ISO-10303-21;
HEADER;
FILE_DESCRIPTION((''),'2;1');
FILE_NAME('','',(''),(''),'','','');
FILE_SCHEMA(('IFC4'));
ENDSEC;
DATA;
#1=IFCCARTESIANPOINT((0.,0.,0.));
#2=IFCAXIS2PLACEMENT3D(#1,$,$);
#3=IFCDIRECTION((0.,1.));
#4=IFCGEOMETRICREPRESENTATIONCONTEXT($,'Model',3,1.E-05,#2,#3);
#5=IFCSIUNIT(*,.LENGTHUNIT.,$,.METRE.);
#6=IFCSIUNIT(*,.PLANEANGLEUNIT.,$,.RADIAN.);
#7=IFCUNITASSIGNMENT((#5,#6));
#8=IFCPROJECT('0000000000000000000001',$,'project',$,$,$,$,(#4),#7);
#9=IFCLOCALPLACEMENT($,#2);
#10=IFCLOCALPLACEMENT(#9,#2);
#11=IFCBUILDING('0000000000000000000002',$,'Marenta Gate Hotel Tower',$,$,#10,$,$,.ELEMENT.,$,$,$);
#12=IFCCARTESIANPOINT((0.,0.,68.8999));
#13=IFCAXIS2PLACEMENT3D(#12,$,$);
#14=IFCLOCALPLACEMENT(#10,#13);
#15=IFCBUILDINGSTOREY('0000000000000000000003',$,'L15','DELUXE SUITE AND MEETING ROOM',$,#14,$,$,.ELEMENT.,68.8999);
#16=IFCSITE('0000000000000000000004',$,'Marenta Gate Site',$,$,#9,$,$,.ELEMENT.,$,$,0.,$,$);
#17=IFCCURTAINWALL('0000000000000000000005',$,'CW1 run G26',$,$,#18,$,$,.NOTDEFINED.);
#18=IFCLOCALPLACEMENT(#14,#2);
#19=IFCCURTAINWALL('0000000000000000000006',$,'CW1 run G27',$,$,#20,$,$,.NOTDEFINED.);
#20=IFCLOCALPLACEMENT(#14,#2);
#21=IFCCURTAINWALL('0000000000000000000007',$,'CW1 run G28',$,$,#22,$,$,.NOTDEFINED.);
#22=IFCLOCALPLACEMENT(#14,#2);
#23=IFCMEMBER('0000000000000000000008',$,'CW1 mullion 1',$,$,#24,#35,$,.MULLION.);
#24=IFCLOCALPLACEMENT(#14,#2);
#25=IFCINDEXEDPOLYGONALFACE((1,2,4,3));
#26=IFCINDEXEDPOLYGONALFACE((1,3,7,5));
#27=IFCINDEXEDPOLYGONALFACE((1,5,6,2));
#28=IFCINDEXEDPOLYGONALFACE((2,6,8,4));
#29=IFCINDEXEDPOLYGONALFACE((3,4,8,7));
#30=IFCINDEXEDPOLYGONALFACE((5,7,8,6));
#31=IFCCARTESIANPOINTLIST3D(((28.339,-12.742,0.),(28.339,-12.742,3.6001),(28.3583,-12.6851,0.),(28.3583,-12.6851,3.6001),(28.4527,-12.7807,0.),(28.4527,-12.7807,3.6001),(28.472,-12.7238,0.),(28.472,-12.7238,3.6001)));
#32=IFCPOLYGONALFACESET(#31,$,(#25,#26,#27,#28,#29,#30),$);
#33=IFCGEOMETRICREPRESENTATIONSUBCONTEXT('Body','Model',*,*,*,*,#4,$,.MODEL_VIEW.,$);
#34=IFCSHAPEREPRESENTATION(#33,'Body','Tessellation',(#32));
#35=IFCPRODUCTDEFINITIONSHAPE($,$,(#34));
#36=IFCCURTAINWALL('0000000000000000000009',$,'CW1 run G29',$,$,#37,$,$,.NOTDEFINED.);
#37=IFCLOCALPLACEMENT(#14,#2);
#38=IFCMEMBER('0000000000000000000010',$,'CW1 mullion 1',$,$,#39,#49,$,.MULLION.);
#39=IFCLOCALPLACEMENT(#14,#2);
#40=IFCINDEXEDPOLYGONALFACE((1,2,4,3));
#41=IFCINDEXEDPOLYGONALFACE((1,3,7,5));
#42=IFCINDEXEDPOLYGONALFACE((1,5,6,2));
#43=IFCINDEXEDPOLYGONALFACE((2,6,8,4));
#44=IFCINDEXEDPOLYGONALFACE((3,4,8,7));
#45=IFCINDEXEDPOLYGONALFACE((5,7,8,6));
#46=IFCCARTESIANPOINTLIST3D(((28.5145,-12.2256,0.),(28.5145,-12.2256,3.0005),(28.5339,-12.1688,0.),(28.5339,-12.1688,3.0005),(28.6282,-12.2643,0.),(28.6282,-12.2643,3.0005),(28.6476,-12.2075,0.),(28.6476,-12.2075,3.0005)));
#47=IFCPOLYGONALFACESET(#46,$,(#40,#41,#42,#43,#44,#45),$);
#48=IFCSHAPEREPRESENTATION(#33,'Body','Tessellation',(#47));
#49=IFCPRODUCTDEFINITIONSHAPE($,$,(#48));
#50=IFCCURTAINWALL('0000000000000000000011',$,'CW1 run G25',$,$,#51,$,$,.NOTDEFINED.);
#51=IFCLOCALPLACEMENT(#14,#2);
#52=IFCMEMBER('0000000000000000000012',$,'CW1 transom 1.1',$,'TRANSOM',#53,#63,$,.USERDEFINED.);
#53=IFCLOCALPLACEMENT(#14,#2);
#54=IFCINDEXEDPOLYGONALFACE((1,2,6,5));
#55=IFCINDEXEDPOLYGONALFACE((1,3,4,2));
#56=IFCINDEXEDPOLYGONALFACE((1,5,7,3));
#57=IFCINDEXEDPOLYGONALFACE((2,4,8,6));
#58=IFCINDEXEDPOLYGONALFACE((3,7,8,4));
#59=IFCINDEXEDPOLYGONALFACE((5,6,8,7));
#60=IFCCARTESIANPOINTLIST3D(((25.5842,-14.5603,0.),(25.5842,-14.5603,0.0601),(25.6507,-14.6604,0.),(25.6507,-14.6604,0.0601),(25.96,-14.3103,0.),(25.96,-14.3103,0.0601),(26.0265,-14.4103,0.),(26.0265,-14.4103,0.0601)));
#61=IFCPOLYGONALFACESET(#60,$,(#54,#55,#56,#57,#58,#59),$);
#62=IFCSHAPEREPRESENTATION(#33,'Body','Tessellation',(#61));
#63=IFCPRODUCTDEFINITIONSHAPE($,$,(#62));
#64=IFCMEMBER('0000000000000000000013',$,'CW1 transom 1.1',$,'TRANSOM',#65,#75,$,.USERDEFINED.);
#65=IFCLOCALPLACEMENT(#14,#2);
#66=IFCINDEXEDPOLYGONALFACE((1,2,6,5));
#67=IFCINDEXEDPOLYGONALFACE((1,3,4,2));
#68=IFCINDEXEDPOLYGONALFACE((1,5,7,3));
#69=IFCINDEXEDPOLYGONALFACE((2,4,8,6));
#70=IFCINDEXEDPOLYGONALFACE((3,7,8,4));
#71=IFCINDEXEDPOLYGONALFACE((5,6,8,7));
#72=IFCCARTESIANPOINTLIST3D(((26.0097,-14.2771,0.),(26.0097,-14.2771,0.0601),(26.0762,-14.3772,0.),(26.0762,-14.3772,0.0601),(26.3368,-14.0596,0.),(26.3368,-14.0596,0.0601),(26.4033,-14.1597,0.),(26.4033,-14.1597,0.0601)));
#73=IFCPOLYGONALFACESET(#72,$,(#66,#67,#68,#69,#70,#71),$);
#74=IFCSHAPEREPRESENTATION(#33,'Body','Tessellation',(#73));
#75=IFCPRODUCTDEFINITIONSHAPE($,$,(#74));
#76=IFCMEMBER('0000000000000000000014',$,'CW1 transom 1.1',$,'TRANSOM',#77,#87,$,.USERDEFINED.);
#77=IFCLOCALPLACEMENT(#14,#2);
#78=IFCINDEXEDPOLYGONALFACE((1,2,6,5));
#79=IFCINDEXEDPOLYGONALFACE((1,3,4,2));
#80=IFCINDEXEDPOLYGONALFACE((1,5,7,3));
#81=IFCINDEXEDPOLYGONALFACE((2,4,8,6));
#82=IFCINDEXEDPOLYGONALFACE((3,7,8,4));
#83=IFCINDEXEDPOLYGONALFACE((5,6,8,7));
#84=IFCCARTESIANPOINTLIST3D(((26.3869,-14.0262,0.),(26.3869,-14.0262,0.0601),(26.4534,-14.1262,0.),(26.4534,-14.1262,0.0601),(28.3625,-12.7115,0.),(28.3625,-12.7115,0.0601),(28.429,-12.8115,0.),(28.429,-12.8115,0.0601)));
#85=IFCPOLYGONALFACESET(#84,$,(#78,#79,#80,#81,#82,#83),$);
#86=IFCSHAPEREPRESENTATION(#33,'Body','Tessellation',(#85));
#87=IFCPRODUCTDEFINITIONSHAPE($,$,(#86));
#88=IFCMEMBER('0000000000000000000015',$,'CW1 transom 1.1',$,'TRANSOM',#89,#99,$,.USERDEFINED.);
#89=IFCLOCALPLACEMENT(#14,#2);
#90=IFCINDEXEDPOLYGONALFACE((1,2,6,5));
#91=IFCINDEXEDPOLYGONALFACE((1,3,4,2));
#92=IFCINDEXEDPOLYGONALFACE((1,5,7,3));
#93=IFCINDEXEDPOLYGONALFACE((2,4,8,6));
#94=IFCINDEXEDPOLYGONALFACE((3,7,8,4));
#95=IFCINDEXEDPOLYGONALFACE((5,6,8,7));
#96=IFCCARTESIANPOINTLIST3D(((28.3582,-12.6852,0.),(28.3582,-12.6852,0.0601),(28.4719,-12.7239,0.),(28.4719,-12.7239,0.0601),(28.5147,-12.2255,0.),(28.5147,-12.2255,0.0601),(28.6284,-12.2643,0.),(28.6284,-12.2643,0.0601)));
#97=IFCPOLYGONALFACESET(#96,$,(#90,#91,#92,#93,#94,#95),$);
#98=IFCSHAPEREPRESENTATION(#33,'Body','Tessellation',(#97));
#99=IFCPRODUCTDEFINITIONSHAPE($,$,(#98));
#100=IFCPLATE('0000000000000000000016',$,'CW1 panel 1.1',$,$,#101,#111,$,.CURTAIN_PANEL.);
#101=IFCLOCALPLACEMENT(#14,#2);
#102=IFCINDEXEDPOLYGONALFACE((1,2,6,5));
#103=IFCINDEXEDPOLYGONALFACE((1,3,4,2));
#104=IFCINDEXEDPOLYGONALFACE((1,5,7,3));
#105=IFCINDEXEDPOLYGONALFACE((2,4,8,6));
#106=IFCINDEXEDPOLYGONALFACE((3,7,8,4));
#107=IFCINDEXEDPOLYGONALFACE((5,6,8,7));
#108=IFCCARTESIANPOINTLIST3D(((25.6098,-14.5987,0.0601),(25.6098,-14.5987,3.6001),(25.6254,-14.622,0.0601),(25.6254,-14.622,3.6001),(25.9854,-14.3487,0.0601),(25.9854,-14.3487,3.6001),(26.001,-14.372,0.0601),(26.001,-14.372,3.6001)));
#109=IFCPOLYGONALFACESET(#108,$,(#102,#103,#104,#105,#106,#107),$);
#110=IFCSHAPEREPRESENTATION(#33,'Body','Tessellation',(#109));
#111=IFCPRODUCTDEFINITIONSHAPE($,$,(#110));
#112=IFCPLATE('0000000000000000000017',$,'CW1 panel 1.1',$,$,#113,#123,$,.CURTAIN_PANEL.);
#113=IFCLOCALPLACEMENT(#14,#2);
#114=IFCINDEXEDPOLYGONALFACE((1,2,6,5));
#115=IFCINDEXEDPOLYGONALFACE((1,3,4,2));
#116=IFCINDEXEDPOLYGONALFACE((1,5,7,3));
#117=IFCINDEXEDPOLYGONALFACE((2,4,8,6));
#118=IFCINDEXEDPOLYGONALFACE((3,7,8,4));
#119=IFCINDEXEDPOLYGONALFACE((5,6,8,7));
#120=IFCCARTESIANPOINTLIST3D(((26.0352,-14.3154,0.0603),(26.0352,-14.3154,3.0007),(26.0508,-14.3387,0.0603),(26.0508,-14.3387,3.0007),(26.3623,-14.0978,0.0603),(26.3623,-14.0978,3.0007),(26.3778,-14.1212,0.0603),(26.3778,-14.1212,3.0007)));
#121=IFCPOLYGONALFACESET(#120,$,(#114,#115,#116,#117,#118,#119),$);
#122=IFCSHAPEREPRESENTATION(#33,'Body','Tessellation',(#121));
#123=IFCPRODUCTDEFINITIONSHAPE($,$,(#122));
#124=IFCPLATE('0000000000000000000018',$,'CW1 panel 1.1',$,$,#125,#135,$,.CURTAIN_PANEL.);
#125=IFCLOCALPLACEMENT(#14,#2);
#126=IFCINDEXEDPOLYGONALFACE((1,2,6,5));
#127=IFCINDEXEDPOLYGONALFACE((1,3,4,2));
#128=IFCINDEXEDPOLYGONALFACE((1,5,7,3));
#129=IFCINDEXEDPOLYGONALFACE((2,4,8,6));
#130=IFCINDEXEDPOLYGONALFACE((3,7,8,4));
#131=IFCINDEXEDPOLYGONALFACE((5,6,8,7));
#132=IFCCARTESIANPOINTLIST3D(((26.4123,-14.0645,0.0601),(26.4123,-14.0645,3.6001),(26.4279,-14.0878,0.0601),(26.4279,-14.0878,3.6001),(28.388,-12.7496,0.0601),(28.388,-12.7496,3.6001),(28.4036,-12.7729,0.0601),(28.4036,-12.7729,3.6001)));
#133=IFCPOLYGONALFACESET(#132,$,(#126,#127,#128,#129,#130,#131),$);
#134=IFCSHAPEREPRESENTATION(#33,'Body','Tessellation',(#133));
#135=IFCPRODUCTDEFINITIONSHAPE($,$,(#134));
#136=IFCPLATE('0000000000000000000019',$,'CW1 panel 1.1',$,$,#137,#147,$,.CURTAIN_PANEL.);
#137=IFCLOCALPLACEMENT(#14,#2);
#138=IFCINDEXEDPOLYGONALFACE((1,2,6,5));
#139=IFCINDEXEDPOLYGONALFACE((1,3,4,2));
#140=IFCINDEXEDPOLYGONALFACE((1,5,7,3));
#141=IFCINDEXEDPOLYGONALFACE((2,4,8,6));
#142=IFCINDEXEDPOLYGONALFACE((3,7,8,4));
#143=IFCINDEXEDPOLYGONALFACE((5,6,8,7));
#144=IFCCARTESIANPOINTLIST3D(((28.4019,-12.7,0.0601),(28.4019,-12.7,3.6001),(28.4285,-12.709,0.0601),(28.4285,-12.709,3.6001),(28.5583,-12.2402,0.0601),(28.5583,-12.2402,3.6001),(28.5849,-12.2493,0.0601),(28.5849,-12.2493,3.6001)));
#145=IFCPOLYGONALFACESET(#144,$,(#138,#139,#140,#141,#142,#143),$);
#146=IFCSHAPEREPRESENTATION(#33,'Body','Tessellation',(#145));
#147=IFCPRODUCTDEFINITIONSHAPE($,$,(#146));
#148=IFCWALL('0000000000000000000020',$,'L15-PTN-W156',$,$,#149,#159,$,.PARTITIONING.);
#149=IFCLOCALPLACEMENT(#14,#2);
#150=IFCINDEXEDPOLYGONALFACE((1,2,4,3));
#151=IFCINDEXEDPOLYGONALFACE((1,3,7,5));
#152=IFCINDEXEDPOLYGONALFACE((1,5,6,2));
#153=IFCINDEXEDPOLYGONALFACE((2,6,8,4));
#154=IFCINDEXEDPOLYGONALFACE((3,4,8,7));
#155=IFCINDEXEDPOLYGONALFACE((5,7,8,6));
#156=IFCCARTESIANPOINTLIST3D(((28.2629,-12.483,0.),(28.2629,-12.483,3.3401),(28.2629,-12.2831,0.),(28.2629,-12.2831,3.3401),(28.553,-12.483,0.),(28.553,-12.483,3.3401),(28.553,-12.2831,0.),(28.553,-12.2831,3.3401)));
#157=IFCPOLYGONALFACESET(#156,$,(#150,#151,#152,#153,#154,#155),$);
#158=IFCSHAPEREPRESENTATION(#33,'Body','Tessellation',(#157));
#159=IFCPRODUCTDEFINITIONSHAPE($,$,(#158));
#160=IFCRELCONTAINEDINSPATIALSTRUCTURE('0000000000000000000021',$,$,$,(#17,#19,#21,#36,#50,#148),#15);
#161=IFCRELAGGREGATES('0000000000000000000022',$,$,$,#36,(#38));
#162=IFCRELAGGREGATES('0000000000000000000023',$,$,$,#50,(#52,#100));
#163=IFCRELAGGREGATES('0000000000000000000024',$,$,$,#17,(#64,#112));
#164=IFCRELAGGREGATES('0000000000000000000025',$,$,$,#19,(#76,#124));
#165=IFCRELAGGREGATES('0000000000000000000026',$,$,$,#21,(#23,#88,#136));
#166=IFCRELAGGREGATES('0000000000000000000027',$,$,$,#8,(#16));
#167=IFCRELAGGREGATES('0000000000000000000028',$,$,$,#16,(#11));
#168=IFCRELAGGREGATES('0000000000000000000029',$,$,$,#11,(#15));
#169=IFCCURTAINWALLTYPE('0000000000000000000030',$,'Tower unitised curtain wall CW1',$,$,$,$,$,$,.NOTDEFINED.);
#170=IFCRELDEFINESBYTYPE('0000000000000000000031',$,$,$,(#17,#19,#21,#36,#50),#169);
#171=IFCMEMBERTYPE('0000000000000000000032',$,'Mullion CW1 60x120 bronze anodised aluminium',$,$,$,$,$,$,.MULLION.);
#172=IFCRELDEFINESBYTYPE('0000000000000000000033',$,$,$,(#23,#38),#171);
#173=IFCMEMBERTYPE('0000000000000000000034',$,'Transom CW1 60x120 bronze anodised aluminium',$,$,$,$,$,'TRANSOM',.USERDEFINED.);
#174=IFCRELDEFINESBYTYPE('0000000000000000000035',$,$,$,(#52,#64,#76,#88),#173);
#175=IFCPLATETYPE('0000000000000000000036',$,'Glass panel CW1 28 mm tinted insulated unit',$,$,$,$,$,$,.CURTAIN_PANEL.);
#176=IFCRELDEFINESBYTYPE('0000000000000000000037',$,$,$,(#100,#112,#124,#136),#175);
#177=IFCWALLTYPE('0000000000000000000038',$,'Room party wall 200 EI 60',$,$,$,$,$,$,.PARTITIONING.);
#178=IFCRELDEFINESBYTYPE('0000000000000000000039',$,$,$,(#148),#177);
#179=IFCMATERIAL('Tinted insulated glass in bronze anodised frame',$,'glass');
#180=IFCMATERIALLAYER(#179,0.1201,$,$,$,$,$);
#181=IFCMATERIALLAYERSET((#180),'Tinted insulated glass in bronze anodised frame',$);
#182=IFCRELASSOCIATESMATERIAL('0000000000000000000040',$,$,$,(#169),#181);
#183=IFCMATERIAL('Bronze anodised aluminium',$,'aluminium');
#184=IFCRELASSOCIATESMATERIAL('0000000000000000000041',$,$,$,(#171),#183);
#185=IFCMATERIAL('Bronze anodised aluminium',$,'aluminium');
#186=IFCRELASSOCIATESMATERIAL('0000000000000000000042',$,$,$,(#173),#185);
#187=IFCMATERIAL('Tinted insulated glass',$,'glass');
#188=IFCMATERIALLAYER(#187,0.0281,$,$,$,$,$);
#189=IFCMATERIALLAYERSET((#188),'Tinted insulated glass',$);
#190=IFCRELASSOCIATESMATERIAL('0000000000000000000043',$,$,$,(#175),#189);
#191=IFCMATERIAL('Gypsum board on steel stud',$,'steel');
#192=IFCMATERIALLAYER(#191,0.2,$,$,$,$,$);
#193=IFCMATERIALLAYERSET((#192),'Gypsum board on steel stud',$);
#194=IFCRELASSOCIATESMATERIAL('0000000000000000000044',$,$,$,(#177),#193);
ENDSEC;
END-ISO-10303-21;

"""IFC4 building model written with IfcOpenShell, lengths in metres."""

from ifc_helpers import new_model, si_unit, direction, frame, frame_2d, origin, origin_2d, place, context, subcontext, project, spatial, rectangle, extrude, material, layer, layer_set, material_profile, profile_set, type_object, element, aggregate, save


model = new_model("IFC4")

# Units and contexts
model_context = context("Model", 3, precision=1e-05, world=origin(), true_north=direction((0.0, 1.0)))
body_context = subcontext(model_context, "Body", "Model", "MODEL_VIEW")
ifc_project = project(units=[si_unit("LENGTHUNIT", "METRE"), si_unit("PLANEANGLEUNIT", "RADIAN")], contexts=[model_context])

# Site, building, storey
site_placement = place(None, origin())
site = spatial("IfcSite", under=ifc_project, at=site_placement, Name="Marenta Gate Site", CompositionType="ELEMENT", RefElevation=0.0)
building_placement = place(site_placement, origin())
building = spatial("IfcBuilding", under=site, at=building_placement, Name="Marenta Gate Hotel Tower", CompositionType="ELEMENT")
storey_placement = place(building_placement, frame((0.0, 0.0, 68.8999)))
storey = spatial("IfcBuildingStorey", under=building, at=storey_placement, Name="L15", Description="DELUXE SUITE AND MEETING ROOM", CompositionType="ELEMENT", Elevation=68.8999)

# Curtain walls, members
ifc_material_1 = material(Name="Tinted insulated glass in bronze anodised frame", Category="glass")
ifc_layer_1 = layer(ifc_material_1, 0.1201)
ifc_layer_set_1 = layer_set([ifc_layer_1], Name="Tinted insulated glass in bronze anodised frame")
curtain_wall_type = type_object("IfcCurtainWallType", Name="Tower unitised curtain wall CW1", PredefinedType="NOTDEFINED", material=ifc_layer_set_1)
curtain_wall_1_placement = place(storey_placement, origin())
curtain_wall_1 = element("IfcCurtainWall", 1, at=curtain_wall_1_placement, inside=storey, type_object=curtain_wall_type, Name="CW1 run G26", PredefinedType="NOTDEFINED")
ifc_material_2 = material(Name="Bronze anodised aluminium", Category="aluminium")
ifc_material_profile_1 = material_profile(ifc_material_2, rectangle(XDim=0.1201, YDim=0.0601, at=origin_2d()), Name="Mullion CW1 60x120 bronze anodised aluminium")
ifc_profile_set_1 = profile_set([ifc_material_profile_1], Name="Bronze anodised aluminium")
member_type_1 = type_object("IfcMemberType", Name="Mullion CW1 60x120 bronze anodised aluminium", PredefinedType="MULLION", material=ifc_profile_set_1)
curtain_wall_2_placement = place(storey_placement, origin())
curtain_wall_2 = element("IfcCurtainWall", 2, at=curtain_wall_2_placement, inside=storey, type_object=curtain_wall_type, Name="CW1 run G27", PredefinedType="NOTDEFINED")
curtain_wall_3_placement = place(storey_placement, origin())
curtain_wall_3 = element("IfcCurtainWall", 3, at=curtain_wall_3_placement, inside=storey, type_object=curtain_wall_type, Name="CW1 run G28", PredefinedType="NOTDEFINED")
member_1_placement = place(storey_placement, frame((28.4055, -12.7329, 0.0), z_axis=(0.0, 0.0, 1.0), x_axis=(-0.946722, 0.322051, 0.0)))
member_1 = element("IfcMember", 4, at=member_1_placement, type_object=member_type_1, Name="CW1 mullion 1", PredefinedType="MULLION", context=body_context, shape_type="SweptSolid", body=[
    extrude(rectangle(XDim=0.1201, YDim=0.0601, at=origin_2d()), origin(), (0.0, 0.0, 1.0), 3.6001),
])
curtain_wall_4_placement = place(storey_placement, origin())
curtain_wall_4 = element("IfcCurtainWall", 5, at=curtain_wall_4_placement, inside=storey, type_object=curtain_wall_type, Name="CW1 run G29", PredefinedType="NOTDEFINED")
member_2_placement = place(storey_placement, frame((28.5811, -12.2166, 0.0), z_axis=(0.0, 0.0, 1.0), x_axis=(-0.946746, 0.32198, 0.0)))
member_2 = element("IfcMember", 6, at=member_2_placement, type_object=member_type_1, Name="CW1 mullion 1", PredefinedType="MULLION", context=body_context, shape_type="SweptSolid", body=[
    extrude(rectangle(XDim=0.1201, YDim=0.0601, at=origin_2d()), origin(), (0.0, 0.0, 1.0), 3.0005),
])
aggregate(curtain_wall_4, [member_2])
curtain_wall_5_placement = place(storey_placement, origin())
curtain_wall_5 = element("IfcCurtainWall", 7, at=curtain_wall_5_placement, inside=storey, type_object=curtain_wall_type, Name="CW1 run G25", PredefinedType="NOTDEFINED")
ifc_material_3 = material(Name="Bronze anodised aluminium", Category="aluminium")
ifc_material_profile_2 = material_profile(ifc_material_3, rectangle(XDim=0.1201, YDim=0.0601, at=origin_2d()), Name="Transom CW1 60x120 bronze anodised aluminium")
ifc_profile_set_2 = profile_set([ifc_material_profile_2], Name="Bronze anodised aluminium")
member_type_2 = type_object("IfcMemberType", Name="Transom CW1 60x120 bronze anodised aluminium", ElementType="TRANSOM", PredefinedType="USERDEFINED", material=ifc_profile_set_2)
member_3_placement = place(storey_placement, frame((25.6174, -14.6104, 0.03), z_axis=(0.832549, 0.553951, 0.0), x_axis=(-0.553951, 0.832549, 0.0)))
member_3 = element("IfcMember", 8, at=member_3_placement, type_object=member_type_2, Name="CW1 transom 1.1", ObjectType="TRANSOM", PredefinedType="USERDEFINED", context=body_context, shape_type="SweptSolid", body=[
    extrude(rectangle(XDim=0.1201, YDim=0.0601, at=origin_2d()), origin(), (0.0, 0.0, 1.0), 0.4514),
])

# Members
member_4_placement = place(storey_placement, frame((26.043, -14.3271, 0.03), z_axis=(0.832719, 0.553696, 0.0), x_axis=(-0.553696, 0.832719, 0.0)))
member_4 = element("IfcMember", 9, at=member_4_placement, type_object=member_type_2, Name="CW1 transom 1.1", ObjectType="TRANSOM", PredefinedType="USERDEFINED", context=body_context, shape_type="SweptSolid", body=[
    extrude(rectangle(XDim=0.1201, YDim=0.0601, at=origin_2d()), origin(), (0.0, 0.0, 1.0), 0.3928),
])
member_5_placement = place(storey_placement, frame((26.4202, -14.0762, 0.03), z_axis=(0.832509, 0.554011, 0.0), x_axis=(-0.554011, 0.832509, 0.0)))
member_5 = element("IfcMember", 10, at=member_5_placement, type_object=member_type_2, Name="CW1 transom 1.1", ObjectType="TRANSOM", PredefinedType="USERDEFINED", context=body_context, shape_type="SweptSolid", body=[
    extrude(rectangle(XDim=0.1201, YDim=0.0601, at=origin_2d()), origin(), (0.0, 0.0, 1.0), 2.373),
])
member_6_placement = place(storey_placement, frame((28.415, -12.7046, 0.03), z_axis=(0.322254, 0.946653, 0.0), x_axis=(-0.946653, 0.322254, 0.0)))
member_6 = element("IfcMember", 11, at=member_6_placement, type_object=member_type_2, Name="CW1 transom 1.1", ObjectType="TRANSOM", PredefinedType="USERDEFINED", context=body_context, shape_type="SweptSolid", body=[
    extrude(rectangle(XDim=0.1201, YDim=0.0601, at=origin_2d()), origin(), (0.0, 0.0, 1.0), 0.4856),
])

# Plates
ifc_material_4 = material(Name="Tinted insulated glass", Category="glass")
ifc_layer_2 = layer(ifc_material_4, 0.0281)
ifc_layer_set_2 = layer_set([ifc_layer_2], Name="Tinted insulated glass")
plate_type = type_object("IfcPlateType", Name="Glass panel CW1 28 mm tinted insulated unit", PredefinedType="CURTAIN_PANEL", material=ifc_layer_set_2)
plate_1_placement = place(storey_placement, frame((25.8054, -14.4854, 0.0601), z_axis=(0.0, 0.0, 1.0), x_axis=(0.832471, 0.554068, 0.0)))
plate_1 = element("IfcPlate", 12, at=plate_1_placement, type_object=plate_type, Name="CW1 panel 1.1", PredefinedType="CURTAIN_PANEL", context=body_context, shape_type="SweptSolid", body=[
    extrude(rectangle(XDim=0.4512, YDim=0.0281, at=origin_2d()), origin(), (0.0, 0.0, 1.0), 3.54),
])
aggregate(curtain_wall_5, [member_3, plate_1])
plate_2_placement = place(storey_placement, frame((26.2065, -14.2183, 0.0603), z_axis=(0.0, 0.0, 1.0), x_axis=(0.832559, 0.553936, 0.0)))
plate_2 = element("IfcPlate", 13, at=plate_2_placement, type_object=plate_type, Name="CW1 panel 1.1", PredefinedType="CURTAIN_PANEL", context=body_context, shape_type="SweptSolid", body=[
    extrude(rectangle(XDim=0.3928, YDim=0.0281, at=origin_2d()), origin(), (0.0, 0.0, 1.0), 2.9404),
])
aggregate(curtain_wall_1, [member_4, plate_2])
plate_3_placement = place(storey_placement, frame((27.408, -13.4187, 0.0601), z_axis=(0.0, 0.0, 1.0), x_axis=(0.832486, 0.554046, 0.0)))
plate_3 = element("IfcPlate", 14, at=plate_3_placement, type_object=plate_type, Name="CW1 panel 1.1", PredefinedType="CURTAIN_PANEL", context=body_context, shape_type="SweptSolid", body=[
    extrude(rectangle(XDim=2.3733, YDim=0.0281, at=origin_2d()), origin(), (0.0, 0.0, 1.0), 3.54),
])
aggregate(curtain_wall_2, [member_5, plate_3])
plate_4_placement = place(storey_placement, frame((28.4934, -12.4746, 0.0601), z_axis=(0.0, 0.0, 1.0), x_axis=(0.322051, 0.946722, 0.0)))
plate_4 = element("IfcPlate", 15, at=plate_4_placement, type_object=plate_type, Name="CW1 panel 1.1", PredefinedType="CURTAIN_PANEL", context=body_context, shape_type="SweptSolid", body=[
    extrude(rectangle(XDim=0.4856, YDim=0.0281, at=origin_2d()), origin(), (0.0, 0.0, 1.0), 3.54),
])
aggregate(curtain_wall_3, [member_1, member_6, plate_4])

# Wall
ifc_material_5 = material(Name="Gypsum board on steel stud", Category="steel")
ifc_layer_3 = layer(ifc_material_5, 0.2)
ifc_layer_set_3 = layer_set([ifc_layer_3], Name="Gypsum board on steel stud")
wall_type = type_object("IfcWallType", Name="Room party wall 200 EI 60", PredefinedType="PARTITIONING", material=ifc_layer_set_3)
wall_placement = place(storey_placement, frame((28.2629, -12.3831, 0.0), z_axis=(0.0, 0.0, 1.0), x_axis=(1.0, 0.0, 0.0)))
element("IfcWall", 16, at=wall_placement, inside=storey, type_object=wall_type, Name="L15-PTN-W156", PredefinedType="PARTITIONING", context=body_context, shape_type="SweptSolid", body=[
    extrude(rectangle(XDim=0.29, YDim=0.2, at=frame_2d((0.145, 0.0))), origin(), (0.0, 0.0, 1.0), 3.3401),
])

save(model, "model.ifc")
